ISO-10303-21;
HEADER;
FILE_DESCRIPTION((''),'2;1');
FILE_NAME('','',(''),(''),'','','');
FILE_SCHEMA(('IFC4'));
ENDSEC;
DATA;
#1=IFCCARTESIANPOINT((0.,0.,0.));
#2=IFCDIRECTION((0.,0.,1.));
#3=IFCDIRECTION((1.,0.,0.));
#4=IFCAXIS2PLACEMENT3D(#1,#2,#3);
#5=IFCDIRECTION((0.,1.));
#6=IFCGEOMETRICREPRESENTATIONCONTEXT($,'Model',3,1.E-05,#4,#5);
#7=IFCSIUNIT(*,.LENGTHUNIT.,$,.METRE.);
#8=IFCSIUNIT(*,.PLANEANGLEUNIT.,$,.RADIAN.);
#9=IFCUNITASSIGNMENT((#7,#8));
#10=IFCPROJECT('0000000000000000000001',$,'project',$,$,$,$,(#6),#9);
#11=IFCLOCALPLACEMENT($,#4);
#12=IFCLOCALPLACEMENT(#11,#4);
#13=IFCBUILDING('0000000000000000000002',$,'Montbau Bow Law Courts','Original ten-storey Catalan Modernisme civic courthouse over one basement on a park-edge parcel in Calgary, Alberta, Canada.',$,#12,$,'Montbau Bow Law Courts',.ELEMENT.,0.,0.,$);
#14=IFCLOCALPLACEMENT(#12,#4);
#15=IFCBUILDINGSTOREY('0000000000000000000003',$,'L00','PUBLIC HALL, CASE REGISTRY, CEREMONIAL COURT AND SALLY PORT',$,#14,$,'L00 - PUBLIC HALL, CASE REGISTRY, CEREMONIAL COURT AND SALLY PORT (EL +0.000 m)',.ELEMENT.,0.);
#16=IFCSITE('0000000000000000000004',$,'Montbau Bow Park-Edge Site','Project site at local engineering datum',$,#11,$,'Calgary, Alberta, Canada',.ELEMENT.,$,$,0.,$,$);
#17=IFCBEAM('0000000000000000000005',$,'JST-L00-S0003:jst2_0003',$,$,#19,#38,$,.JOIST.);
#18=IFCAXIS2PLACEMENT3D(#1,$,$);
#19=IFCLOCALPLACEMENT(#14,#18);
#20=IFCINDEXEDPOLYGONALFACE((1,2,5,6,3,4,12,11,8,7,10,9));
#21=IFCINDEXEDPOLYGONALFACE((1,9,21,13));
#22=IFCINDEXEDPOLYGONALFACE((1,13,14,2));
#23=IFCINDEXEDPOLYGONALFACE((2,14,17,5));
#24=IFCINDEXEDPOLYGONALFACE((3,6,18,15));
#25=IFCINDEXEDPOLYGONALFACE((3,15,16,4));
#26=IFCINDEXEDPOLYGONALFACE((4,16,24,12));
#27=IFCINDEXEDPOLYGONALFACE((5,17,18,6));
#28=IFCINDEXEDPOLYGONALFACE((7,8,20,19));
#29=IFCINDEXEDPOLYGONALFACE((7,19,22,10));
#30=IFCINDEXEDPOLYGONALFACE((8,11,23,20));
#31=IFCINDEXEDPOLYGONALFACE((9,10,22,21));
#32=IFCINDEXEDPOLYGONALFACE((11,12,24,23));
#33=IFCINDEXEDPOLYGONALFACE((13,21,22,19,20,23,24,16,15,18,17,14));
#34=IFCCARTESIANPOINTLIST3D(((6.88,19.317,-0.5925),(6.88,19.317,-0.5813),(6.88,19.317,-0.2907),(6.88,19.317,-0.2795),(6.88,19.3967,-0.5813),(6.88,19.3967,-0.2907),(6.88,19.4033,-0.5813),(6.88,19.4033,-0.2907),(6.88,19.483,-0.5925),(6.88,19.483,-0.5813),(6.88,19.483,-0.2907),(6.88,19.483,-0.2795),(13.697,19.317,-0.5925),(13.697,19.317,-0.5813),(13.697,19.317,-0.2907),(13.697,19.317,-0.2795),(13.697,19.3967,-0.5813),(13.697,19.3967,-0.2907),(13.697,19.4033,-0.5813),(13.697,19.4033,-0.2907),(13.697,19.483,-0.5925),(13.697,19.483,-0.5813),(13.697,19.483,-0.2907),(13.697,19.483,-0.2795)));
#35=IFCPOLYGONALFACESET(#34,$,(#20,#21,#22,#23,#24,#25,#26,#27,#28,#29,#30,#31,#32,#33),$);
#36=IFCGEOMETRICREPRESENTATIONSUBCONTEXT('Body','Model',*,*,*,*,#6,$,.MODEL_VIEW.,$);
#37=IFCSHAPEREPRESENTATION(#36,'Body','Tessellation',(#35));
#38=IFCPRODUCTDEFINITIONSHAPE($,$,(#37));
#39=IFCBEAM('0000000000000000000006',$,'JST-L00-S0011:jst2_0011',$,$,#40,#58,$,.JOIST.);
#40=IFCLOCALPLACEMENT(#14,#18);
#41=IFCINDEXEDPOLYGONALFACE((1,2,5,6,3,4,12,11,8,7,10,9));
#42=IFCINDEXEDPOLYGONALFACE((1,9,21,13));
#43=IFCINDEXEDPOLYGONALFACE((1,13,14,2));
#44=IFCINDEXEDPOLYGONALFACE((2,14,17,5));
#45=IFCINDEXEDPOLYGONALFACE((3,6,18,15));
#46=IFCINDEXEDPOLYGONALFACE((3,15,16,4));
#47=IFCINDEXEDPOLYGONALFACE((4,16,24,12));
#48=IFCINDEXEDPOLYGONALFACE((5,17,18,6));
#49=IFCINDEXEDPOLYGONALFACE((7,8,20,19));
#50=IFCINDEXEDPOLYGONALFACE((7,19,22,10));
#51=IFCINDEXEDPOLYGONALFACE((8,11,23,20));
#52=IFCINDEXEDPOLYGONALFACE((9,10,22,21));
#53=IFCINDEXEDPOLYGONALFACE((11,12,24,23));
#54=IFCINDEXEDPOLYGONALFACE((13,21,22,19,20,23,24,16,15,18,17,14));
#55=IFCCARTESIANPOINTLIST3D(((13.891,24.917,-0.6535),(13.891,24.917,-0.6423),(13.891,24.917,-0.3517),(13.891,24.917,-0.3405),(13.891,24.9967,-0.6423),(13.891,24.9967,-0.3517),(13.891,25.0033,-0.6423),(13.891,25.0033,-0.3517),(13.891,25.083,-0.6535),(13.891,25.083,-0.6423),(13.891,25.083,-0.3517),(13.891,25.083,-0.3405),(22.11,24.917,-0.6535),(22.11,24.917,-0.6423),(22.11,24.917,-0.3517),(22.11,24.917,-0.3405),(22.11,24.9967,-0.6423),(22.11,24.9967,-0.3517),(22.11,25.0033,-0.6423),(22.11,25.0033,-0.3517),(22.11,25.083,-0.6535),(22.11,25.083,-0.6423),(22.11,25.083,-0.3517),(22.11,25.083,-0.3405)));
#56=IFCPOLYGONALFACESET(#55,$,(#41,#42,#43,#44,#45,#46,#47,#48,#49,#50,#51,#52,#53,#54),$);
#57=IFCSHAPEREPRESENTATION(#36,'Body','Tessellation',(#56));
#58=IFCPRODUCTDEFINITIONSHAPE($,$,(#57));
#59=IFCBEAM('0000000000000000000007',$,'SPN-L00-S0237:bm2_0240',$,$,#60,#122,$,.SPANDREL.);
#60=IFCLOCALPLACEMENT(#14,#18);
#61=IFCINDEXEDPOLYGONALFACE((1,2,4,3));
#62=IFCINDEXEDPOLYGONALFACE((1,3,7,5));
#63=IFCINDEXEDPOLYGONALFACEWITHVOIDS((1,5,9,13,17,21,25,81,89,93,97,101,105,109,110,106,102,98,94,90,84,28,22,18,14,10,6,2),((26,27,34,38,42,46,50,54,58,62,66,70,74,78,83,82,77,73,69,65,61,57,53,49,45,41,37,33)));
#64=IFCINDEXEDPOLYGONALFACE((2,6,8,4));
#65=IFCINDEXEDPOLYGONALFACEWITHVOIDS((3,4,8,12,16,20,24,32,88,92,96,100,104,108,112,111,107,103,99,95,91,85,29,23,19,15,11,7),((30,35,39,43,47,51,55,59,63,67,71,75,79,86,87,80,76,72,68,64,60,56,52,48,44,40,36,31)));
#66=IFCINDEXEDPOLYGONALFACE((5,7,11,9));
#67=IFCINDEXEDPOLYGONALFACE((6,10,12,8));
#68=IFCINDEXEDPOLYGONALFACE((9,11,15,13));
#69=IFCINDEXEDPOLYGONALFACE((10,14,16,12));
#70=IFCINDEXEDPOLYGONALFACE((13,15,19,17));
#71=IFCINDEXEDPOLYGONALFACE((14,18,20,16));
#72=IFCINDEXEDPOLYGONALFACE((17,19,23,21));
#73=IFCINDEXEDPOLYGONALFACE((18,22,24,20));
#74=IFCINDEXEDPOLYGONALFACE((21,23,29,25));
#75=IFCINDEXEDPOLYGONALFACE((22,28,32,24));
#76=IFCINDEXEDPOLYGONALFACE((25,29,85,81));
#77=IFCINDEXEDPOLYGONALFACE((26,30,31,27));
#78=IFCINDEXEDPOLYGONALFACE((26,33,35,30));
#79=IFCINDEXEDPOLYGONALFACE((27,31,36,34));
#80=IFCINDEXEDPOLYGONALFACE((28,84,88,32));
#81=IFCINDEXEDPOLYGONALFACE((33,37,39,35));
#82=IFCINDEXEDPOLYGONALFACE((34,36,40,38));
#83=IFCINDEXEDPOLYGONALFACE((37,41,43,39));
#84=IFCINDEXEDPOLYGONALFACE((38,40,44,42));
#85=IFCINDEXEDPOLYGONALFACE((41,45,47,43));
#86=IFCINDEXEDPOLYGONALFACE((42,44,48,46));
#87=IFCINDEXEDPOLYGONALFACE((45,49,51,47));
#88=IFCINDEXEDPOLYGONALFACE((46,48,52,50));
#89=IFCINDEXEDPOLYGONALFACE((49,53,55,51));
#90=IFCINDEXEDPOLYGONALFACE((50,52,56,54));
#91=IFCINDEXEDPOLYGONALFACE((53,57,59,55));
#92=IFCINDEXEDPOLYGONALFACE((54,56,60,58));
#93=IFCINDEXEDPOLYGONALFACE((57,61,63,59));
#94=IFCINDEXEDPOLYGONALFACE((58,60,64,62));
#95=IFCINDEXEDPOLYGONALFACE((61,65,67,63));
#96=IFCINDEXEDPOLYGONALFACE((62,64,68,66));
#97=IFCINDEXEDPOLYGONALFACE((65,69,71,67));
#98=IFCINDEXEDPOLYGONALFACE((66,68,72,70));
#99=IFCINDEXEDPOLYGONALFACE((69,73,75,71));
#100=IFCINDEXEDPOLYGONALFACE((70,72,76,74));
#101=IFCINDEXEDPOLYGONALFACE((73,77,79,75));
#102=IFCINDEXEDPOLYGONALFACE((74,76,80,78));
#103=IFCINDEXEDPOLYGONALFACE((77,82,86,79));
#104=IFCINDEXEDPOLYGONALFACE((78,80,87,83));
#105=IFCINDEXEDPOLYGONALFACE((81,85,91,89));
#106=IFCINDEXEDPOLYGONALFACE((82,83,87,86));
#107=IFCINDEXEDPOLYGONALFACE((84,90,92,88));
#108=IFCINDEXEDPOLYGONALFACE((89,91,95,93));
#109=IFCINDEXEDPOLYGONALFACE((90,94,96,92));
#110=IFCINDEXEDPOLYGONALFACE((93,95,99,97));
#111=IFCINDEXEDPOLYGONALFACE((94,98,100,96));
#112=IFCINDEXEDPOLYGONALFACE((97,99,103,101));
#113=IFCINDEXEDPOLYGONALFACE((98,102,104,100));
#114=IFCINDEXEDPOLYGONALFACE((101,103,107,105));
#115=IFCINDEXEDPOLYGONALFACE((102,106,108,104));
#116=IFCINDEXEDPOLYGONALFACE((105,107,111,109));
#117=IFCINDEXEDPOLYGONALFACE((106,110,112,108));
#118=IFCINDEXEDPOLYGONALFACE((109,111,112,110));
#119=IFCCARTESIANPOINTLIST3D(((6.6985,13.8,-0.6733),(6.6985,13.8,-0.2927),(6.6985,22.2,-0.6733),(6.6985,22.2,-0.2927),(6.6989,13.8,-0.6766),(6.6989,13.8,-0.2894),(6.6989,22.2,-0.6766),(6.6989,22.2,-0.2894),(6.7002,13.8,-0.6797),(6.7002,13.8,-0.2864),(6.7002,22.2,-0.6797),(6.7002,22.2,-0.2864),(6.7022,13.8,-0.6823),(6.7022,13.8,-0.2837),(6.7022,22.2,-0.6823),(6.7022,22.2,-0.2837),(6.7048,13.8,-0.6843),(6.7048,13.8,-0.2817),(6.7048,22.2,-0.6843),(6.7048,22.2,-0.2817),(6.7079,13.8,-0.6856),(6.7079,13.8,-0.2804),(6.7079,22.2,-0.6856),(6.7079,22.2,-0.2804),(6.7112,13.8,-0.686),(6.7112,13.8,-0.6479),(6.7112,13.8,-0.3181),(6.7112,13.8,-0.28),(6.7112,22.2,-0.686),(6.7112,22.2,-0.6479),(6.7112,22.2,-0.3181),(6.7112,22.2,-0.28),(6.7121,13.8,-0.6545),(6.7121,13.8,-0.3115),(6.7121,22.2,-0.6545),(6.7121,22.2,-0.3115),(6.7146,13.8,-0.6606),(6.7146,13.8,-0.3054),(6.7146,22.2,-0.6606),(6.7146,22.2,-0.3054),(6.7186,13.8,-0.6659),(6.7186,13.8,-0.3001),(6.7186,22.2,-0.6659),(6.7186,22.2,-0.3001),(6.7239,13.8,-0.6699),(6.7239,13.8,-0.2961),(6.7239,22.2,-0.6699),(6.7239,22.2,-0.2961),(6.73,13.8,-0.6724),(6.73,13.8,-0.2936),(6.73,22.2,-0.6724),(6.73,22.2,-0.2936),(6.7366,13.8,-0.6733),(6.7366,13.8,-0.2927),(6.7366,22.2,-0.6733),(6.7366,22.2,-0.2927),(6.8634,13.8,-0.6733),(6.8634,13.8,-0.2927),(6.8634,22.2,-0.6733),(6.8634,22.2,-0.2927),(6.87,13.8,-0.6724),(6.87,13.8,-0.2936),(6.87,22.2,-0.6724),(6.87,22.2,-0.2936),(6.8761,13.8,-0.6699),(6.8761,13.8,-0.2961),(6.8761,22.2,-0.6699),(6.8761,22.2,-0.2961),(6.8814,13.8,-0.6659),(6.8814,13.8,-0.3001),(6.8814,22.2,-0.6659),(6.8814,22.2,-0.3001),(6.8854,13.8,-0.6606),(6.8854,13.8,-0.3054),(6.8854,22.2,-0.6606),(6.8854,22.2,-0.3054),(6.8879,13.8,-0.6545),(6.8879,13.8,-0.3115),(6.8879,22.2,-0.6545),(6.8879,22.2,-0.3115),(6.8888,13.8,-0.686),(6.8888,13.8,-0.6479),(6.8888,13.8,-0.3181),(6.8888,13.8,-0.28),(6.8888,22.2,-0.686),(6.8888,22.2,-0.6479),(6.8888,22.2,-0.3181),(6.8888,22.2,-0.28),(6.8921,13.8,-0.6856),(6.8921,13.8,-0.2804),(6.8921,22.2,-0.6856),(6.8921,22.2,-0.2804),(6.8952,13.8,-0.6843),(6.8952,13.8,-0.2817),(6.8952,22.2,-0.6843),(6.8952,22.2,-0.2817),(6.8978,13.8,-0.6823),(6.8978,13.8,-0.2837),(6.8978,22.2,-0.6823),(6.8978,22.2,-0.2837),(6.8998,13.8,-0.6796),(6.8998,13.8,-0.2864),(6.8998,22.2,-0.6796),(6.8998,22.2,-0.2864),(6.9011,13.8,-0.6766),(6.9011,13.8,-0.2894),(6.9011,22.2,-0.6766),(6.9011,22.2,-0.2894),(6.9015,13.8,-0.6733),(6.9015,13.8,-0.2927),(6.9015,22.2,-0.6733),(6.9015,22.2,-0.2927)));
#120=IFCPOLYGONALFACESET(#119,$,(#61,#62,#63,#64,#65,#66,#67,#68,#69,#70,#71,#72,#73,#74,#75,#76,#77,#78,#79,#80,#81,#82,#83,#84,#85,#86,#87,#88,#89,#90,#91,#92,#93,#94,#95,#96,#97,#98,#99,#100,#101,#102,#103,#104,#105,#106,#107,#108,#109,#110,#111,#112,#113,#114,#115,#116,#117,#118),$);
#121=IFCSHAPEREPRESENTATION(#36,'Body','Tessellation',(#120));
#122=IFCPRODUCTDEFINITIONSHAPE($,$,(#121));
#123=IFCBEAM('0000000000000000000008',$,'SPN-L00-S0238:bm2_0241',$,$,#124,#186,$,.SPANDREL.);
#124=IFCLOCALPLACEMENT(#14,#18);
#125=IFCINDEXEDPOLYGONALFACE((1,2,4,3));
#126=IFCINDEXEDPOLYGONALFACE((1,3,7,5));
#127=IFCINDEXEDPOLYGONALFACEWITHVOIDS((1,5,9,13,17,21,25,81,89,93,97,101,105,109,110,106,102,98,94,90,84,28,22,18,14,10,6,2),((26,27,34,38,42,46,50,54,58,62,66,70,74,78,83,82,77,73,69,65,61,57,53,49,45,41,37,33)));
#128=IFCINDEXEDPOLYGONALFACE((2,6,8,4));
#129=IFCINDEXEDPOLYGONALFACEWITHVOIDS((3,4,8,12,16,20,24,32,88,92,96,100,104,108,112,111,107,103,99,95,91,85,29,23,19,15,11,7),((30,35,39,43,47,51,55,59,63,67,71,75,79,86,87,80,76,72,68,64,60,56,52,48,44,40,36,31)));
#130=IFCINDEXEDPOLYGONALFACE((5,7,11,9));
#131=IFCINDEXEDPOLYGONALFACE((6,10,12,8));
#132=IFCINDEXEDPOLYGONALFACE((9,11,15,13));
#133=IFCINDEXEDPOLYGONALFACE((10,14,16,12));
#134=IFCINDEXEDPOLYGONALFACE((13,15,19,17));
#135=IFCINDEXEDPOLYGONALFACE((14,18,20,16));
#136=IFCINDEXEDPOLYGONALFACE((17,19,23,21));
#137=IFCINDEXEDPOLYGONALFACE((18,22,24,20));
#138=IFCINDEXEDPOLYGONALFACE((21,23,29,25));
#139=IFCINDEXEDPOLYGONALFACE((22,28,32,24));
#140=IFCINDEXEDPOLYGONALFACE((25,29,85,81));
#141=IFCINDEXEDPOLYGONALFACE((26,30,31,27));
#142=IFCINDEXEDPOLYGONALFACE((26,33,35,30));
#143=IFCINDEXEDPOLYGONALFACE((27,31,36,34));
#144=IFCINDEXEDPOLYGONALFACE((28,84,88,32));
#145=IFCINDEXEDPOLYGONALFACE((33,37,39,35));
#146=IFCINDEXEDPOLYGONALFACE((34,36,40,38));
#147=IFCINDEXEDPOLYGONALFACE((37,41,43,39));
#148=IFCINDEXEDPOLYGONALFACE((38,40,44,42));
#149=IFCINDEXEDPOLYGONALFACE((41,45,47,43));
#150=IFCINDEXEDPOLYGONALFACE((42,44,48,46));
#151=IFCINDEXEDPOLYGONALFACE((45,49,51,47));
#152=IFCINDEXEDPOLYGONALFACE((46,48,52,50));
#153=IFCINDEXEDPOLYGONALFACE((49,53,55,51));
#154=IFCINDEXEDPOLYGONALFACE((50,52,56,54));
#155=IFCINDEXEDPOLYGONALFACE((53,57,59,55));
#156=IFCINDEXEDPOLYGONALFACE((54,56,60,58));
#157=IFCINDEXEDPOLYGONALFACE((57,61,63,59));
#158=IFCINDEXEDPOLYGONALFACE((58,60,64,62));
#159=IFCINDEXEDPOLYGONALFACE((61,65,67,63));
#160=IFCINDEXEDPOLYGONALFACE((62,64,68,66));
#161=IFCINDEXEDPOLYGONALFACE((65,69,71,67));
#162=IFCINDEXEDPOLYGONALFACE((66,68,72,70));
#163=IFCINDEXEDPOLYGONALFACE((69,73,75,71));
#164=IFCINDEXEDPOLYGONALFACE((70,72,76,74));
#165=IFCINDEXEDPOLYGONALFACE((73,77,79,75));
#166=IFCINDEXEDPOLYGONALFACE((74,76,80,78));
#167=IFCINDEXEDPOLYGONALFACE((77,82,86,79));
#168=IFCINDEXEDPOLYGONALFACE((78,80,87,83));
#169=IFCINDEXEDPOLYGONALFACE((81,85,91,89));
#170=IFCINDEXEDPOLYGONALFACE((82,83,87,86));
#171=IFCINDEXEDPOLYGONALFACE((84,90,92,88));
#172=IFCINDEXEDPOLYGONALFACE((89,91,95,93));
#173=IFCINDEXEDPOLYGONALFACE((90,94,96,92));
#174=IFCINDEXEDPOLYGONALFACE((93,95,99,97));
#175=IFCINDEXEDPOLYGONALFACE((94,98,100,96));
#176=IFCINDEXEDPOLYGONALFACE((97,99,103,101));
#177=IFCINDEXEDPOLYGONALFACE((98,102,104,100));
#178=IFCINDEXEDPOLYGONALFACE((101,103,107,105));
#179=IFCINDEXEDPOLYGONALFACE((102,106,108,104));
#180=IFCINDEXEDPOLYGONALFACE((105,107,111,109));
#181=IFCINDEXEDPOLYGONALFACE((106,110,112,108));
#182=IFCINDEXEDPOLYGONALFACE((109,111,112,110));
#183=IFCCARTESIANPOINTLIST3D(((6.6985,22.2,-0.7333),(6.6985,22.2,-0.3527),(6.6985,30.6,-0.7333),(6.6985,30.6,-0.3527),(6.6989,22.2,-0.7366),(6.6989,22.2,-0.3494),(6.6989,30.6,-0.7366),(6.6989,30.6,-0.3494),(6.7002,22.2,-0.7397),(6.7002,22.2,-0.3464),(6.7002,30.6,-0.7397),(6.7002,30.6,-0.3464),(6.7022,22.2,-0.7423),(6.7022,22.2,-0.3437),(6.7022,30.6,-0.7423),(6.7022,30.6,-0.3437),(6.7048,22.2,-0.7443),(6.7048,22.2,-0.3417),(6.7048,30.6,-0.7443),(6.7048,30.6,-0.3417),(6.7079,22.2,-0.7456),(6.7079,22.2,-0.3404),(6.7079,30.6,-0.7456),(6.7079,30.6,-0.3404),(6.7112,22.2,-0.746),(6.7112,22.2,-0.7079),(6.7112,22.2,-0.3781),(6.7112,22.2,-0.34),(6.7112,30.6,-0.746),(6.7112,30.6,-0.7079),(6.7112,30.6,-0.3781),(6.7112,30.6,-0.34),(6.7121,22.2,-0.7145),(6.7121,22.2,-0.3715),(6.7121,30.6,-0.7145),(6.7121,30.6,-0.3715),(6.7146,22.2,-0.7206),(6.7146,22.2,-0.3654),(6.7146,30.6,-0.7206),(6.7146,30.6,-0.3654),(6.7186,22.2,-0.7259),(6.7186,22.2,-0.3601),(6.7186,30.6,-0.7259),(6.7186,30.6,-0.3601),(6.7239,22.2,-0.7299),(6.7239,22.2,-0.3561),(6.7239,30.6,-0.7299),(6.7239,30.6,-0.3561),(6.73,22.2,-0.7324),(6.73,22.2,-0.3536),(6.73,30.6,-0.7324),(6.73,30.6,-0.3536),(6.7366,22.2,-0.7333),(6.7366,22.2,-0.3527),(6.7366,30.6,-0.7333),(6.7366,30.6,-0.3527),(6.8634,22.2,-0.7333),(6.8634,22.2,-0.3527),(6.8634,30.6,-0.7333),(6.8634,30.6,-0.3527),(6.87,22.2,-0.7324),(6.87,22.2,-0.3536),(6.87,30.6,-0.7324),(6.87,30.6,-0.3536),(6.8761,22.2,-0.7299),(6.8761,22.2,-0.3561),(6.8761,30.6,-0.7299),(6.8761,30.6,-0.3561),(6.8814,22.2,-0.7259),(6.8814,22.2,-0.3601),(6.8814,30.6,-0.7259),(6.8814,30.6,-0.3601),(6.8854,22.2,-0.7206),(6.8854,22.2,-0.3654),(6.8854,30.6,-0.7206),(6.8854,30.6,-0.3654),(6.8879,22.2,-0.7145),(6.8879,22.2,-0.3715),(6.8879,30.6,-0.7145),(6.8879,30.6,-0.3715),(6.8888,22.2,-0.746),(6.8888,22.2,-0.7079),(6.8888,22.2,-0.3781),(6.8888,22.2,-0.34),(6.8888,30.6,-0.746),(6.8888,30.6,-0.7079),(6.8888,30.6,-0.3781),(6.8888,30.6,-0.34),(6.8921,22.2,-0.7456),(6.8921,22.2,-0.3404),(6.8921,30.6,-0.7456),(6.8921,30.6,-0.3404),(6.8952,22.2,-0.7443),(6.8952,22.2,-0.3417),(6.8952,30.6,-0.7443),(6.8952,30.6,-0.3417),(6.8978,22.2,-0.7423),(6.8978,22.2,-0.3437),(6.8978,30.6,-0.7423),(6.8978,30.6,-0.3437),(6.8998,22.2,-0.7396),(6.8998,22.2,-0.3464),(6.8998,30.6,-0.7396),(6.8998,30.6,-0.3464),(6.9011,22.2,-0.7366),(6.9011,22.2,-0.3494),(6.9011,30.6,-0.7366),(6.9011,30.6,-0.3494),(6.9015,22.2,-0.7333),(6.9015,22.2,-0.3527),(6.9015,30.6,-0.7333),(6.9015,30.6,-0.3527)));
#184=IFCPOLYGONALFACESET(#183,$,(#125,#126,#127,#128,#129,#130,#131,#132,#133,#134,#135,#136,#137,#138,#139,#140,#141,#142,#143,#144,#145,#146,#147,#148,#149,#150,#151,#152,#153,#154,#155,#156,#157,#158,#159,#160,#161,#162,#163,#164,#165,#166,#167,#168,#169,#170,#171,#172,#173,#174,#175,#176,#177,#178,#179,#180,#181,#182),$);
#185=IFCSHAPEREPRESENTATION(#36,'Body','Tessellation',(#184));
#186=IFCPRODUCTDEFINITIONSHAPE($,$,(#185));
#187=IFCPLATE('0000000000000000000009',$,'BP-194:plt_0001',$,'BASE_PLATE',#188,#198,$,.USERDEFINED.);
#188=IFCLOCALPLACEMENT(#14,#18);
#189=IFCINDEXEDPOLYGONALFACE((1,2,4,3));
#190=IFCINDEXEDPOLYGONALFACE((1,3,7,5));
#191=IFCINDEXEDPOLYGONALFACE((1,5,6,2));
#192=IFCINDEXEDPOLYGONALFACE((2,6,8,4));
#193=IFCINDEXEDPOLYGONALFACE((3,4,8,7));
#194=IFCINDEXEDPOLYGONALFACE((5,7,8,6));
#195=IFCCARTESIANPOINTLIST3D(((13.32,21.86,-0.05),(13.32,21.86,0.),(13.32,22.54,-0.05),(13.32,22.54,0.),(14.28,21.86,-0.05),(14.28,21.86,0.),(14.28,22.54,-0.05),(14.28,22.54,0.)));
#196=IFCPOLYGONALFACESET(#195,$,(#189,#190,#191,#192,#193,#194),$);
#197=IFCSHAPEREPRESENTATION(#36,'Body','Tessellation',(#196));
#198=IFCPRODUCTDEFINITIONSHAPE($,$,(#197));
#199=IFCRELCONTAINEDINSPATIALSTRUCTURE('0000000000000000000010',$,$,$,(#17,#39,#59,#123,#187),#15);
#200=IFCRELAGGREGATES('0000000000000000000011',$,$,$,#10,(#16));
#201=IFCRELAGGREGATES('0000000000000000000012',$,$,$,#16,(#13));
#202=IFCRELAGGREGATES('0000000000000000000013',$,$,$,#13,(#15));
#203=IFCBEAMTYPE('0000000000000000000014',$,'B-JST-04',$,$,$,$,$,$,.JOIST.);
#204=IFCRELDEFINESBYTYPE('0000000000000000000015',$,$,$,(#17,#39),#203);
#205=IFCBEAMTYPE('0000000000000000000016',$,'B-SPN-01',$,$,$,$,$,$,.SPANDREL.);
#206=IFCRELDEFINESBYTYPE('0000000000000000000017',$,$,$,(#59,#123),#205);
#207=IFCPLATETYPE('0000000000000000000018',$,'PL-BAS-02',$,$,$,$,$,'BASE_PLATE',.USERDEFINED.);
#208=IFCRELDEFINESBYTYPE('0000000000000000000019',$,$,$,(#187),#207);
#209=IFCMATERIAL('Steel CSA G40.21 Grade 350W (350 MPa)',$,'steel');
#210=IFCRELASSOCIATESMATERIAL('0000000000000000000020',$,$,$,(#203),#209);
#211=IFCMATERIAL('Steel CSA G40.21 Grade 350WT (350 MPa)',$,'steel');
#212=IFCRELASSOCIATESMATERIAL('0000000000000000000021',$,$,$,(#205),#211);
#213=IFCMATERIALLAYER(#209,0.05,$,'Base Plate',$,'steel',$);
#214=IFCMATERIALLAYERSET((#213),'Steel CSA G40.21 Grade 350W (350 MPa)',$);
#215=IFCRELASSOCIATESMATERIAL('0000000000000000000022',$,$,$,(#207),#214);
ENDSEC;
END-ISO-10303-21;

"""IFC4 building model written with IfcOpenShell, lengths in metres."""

from ifc_helpers import new_model, si_unit, direction, frame, origin_with_axes, origin_2d_with_axis, place, context, subcontext, project, spatial, rectangle, hollow_rectangle, i_section, extrude, material, layer, layer_set, material_profile, profile_set, type_object, element, save


model = new_model("IFC4")

# Units and contexts
model_context = context("Model", 3, precision=1e-05, world=origin_with_axes(), true_north=direction((0.0, 1.0)))
body_context = subcontext(model_context, "Body", "Model", "MODEL_VIEW")
ifc_project = project(units=[si_unit("LENGTHUNIT", "METRE"), si_unit("PLANEANGLEUNIT", "RADIAN")], contexts=[model_context])

# Site, building, storey
site_placement = place(None, origin_with_axes())
site = spatial("IfcSite", under=ifc_project, at=site_placement, Name="Montbau Bow Park-Edge Site", Description="Project site at local engineering datum", LongName="Calgary, Alberta, Canada", CompositionType="ELEMENT", RefElevation=0.0)
building_placement = place(site_placement, origin_with_axes())
building = spatial("IfcBuilding", under=site, at=building_placement, Name="Montbau Bow Law Courts", Description="Original ten-storey Catalan Modernisme civic courthouse over one basement on a park-edge parcel in Calgary, Alberta, Canada.", LongName="Montbau Bow Law Courts", CompositionType="ELEMENT", ElevationOfRefHeight=0.0, ElevationOfTerrain=0.0)
storey_placement = place(building_placement, origin_with_axes())
storey = spatial("IfcBuildingStorey", under=building, at=storey_placement, Name="L00", Description="PUBLIC HALL, CASE REGISTRY, CEREMONIAL COURT AND SALLY PORT", LongName="L00 - PUBLIC HALL, CASE REGISTRY, CEREMONIAL COURT AND SALLY PORT (EL +0.000 m)", CompositionType="ELEMENT", Elevation=0.0)

# Shared definitions
ifc_material_1 = material(Name="Steel CSA G40.21 Grade 350W (350 MPa)", Category="steel")

# Beams
ifc_material_profile_1 = material_profile(ifc_material_1, i_section(OverallWidth=0.166, OverallDepth=0.313, WebThickness=0.0066, FlangeThickness=0.0112, at=origin_2d_with_axis()), Name="W310X45", Category="Main", Priority=0)
ifc_profile_set_1 = profile_set([ifc_material_profile_1], Name="Steel CSA G40.21 Grade 350W (350 MPa)")
beam_type_1 = type_object("IfcBeamType", Name="B-JST-04", PredefinedType="JOIST", material=ifc_profile_set_1)
beam_1_placement = place(None, frame((6.88, 19.4, -0.436), z_axis=(1.0, 0.0, 0.0), x_axis=(0.0, 1.0, 0.0)))
element("IfcBeam", 1, at=beam_1_placement, inside=storey, type_object=beam_type_1, Name="JST-L00-S0003:jst2_0003", PredefinedType="JOIST", context=body_context, shape_type="SweptSolid", body=[
    extrude(i_section(OverallWidth=0.166, OverallDepth=0.313, WebThickness=0.0066, FlangeThickness=0.0112, at=origin_2d_with_axis()), origin_with_axes(), (0.0, 0.0, 1.0), 6.817),
])
beam_2_placement = place(None, frame((13.891, 25.0, -0.497), z_axis=(1.0, 0.0, 0.0), x_axis=(0.0, 1.0, 0.0)))
element("IfcBeam", 2, at=beam_2_placement, inside=storey, type_object=beam_type_1, Name="JST-L00-S0011:jst2_0011", PredefinedType="JOIST", context=body_context, shape_type="SweptSolid", body=[
    extrude(i_section(OverallWidth=0.166, OverallDepth=0.313, WebThickness=0.0066, FlangeThickness=0.0112, at=origin_2d_with_axis()), origin_with_axes(), (0.0, 0.0, 1.0), 8.219),
])
ifc_material_2 = material(Name="Steel CSA G40.21 Grade 350WT (350 MPa)", Category="steel")
ifc_material_profile_2 = material_profile(ifc_material_2, hollow_rectangle(XDim=0.203, YDim=0.406, WallThickness=0.0127, InnerFilletRadius=0.0254, OuterFilletRadius=0.0127, at=origin_2d_with_axis()), Name="HSS406X203X13", Category="Main", Priority=0)
ifc_profile_set_2 = profile_set([ifc_material_profile_2], Name="Steel CSA G40.21 Grade 350WT (350 MPa)")
beam_type_2 = type_object("IfcBeamType", Name="B-SPN-01", PredefinedType="SPANDREL", material=ifc_profile_set_2)
for number, where, z_axis, x_axis, name in (
    (3, (6.8, 13.8, -0.483), (0.0, 1.0, 0.0), (-1.0, 0.0, 0.0), "SPN-L00-S0237:bm2_0240"),
    (4, (6.8, 22.2, -0.543), (0.0, 1.0, 0.0), (-1.0, 0.0, 0.0), "SPN-L00-S0238:bm2_0241"),
):
    element("IfcBeam", number, at=place(None, frame(where, z_axis=z_axis, x_axis=x_axis)), inside=storey, type_object=beam_type_2, Name=name, PredefinedType="SPANDREL", context=body_context, shape_type="SweptSolid", body=[
        extrude(hollow_rectangle(XDim=0.203, YDim=0.406, WallThickness=0.0127, InnerFilletRadius=0.0254, OuterFilletRadius=0.0127, at=origin_2d_with_axis()), origin_with_axes(), (0.0, 0.0, 1.0), 8.4),
    ])

# Plate
ifc_layer_1 = layer(ifc_material_1, 0.05, Name="Base Plate", Category="steel")
ifc_layer_set_1 = layer_set([ifc_layer_1], Name="Steel CSA G40.21 Grade 350W (350 MPa)")
plate_type = type_object("IfcPlateType", Name="PL-BAS-02", ElementType="BASE_PLATE", PredefinedType="USERDEFINED", material=ifc_layer_set_1)
plate_placement = place(None, frame((13.8, 22.2, -0.05), z_axis=(0.0, 0.0, 1.0), x_axis=(1.0, 0.0, 0.0)))
element("IfcPlate", 5, at=plate_placement, inside=storey, type_object=plate_type, Name="BP-194:plt_0001", ObjectType="BASE_PLATE", PredefinedType="USERDEFINED", context=body_context, shape_type="SweptSolid", body=[
    extrude(rectangle(XDim=0.96, YDim=0.68, at=origin_2d_with_axis()), origin_with_axes(), (0.0, 0.0, 1.0), 0.05),
])

save(model, "model.ifc")
